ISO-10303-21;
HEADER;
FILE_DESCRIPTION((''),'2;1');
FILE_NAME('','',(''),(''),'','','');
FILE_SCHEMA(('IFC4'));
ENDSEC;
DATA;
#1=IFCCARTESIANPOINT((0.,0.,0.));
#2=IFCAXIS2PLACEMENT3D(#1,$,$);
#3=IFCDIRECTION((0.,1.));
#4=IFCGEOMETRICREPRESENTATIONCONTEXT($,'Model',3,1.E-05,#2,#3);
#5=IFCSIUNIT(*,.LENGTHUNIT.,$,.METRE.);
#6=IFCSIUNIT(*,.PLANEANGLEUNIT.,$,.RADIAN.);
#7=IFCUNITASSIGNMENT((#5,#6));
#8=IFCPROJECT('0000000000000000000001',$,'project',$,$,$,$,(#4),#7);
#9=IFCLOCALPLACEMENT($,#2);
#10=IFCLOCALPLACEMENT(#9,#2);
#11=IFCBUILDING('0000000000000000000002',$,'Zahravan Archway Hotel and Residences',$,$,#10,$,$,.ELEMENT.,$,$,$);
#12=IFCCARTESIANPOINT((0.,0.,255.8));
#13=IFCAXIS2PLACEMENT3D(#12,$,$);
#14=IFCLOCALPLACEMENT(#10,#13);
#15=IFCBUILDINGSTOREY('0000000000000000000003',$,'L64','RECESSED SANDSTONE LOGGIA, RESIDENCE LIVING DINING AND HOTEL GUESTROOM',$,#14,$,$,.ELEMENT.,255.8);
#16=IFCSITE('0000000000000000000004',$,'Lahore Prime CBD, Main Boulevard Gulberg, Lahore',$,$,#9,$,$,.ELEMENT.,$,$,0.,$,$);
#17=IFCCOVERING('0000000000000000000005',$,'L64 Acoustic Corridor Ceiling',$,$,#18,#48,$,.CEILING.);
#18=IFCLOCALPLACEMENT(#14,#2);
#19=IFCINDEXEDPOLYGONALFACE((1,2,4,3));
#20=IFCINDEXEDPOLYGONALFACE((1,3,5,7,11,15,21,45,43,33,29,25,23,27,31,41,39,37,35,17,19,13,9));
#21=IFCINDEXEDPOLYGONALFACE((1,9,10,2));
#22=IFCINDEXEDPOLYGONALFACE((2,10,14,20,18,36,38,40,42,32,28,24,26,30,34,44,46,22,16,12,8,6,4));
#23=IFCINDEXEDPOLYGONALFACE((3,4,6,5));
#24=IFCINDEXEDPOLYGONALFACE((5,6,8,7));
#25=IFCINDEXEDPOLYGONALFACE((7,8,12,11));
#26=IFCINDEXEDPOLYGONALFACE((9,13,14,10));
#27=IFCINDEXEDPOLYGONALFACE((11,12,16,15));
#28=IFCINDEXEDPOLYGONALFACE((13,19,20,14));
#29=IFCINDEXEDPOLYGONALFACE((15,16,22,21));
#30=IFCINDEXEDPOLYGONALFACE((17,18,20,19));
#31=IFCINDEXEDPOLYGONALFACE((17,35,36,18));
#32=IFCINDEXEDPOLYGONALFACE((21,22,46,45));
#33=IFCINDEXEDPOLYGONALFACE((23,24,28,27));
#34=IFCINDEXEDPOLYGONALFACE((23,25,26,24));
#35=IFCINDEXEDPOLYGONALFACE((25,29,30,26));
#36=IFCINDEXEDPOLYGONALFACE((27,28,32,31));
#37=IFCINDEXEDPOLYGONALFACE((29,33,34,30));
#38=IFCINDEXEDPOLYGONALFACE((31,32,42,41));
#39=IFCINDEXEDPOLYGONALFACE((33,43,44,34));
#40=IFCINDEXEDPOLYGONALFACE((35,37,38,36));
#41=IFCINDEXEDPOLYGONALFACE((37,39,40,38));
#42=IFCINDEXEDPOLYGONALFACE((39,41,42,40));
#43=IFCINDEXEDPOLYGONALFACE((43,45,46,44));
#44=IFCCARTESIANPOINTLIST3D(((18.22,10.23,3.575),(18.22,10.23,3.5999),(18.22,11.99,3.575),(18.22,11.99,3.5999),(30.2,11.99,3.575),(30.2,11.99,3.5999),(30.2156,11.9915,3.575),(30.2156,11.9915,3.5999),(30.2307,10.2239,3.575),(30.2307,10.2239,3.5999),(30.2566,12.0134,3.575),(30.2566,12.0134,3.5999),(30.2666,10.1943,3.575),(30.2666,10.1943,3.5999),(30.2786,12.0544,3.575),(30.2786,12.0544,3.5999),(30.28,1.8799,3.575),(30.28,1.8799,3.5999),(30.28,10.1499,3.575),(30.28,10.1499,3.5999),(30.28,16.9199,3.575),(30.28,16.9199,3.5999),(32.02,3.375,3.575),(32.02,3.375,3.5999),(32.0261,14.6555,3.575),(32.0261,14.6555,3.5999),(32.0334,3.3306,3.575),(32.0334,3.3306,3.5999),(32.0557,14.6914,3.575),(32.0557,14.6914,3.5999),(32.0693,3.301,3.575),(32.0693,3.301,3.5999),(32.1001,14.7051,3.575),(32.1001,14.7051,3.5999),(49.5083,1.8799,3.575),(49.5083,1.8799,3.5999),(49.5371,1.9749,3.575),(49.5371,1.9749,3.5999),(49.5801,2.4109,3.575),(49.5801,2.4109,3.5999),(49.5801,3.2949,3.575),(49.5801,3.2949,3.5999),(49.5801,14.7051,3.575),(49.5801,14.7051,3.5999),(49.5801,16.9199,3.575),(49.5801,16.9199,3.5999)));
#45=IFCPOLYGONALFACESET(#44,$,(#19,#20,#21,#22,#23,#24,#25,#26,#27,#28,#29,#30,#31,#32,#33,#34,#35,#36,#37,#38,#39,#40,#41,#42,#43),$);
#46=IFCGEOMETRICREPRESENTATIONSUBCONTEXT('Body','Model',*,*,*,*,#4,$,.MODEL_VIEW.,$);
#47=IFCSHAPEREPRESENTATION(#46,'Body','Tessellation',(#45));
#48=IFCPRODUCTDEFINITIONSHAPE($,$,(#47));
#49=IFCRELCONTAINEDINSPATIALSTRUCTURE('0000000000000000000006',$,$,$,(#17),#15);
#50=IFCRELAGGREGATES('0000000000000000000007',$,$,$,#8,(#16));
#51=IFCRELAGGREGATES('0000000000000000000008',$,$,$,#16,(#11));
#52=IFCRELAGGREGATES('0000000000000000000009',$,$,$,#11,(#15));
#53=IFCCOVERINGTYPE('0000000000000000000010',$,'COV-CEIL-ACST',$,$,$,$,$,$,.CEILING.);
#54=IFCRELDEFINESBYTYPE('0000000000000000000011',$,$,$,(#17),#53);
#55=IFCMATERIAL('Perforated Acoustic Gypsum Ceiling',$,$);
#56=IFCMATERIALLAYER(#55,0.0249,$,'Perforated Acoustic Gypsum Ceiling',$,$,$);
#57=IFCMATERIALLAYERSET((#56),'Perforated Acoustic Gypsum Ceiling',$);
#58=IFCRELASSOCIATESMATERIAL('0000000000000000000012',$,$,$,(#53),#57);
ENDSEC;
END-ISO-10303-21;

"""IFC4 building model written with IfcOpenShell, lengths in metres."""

from ifc_helpers import new_model, si_unit, direction, frame, origin, place, context, subcontext, project, spatial, polyline, outline, extrude, material, layer, layer_set, type_object, element, save


model = new_model("IFC4")

# Units and contexts
model_context = context("Model", 3, precision=1e-05, world=origin(), true_north=direction((0.0, 1.0)))
body_context = subcontext(model_context, "Body", "Model", "MODEL_VIEW")
ifc_project = project(units=[si_unit("LENGTHUNIT", "METRE"), si_unit("PLANEANGLEUNIT", "RADIAN")], contexts=[model_context])

# Site, building, storey
site_placement = place(None, origin())
site = spatial("IfcSite", under=ifc_project, at=site_placement, Name="Lahore Prime CBD, Main Boulevard Gulberg, Lahore", CompositionType="ELEMENT", RefElevation=0.0)
building_placement = place(site_placement, origin())
building = spatial("IfcBuilding", under=site, at=building_placement, Name="Zahravan Archway Hotel and Residences", CompositionType="ELEMENT")
storey_placement = place(building_placement, frame((0.0, 0.0, 255.8)))
storey = spatial("IfcBuildingStorey", under=building, at=storey_placement, Name="L64", Description="RECESSED SANDSTONE LOGGIA, RESIDENCE LIVING DINING AND HOTEL GUESTROOM", CompositionType="ELEMENT", Elevation=255.8)

# Covering
ifc_material_1 = material(Name="Perforated Acoustic Gypsum Ceiling")
ifc_layer_1 = layer(ifc_material_1, 0.0249, Name="Perforated Acoustic Gypsum Ceiling")
ifc_layer_set_1 = layer_set([ifc_layer_1], Name="Perforated Acoustic Gypsum Ceiling")
covering_type = type_object("IfcCoveringType", Name="COV-CEIL-ACST", PredefinedType="CEILING", material=ifc_layer_set_1)
covering_placement = place(storey_placement, frame((0.0, 0.0, 3.575)))
element("IfcCovering", 1, at=covering_placement, inside=storey, type_object=covering_type, Name="L64 Acoustic Corridor Ceiling", PredefinedType="CEILING", context=body_context, shape_type="SweptSolid", body=[
    extrude(outline(polyline([(30.2156, 11.9915), (30.2566, 12.0134), (30.2786, 12.0544), (30.28, 16.9199), (49.5801, 16.9199), (49.5801, 14.7051), (32.1001, 14.7051), (32.0557, 14.6914), (32.0261, 14.6555), (32.02, 3.375), (32.0334, 3.3306), (32.0693, 3.301), (49.5801, 3.2949), (49.5801, 2.4109), (49.5371, 1.9749), (49.5083, 1.8799), (30.28, 1.8799), (30.28, 10.1499), (30.2666, 10.1943), (30.2307, 10.2239), (18.22, 10.23), (18.22, 11.99), (30.2, 11.99), (30.2156, 11.9915)])), origin(), (0.0, 0.0, 1.0), 0.0249),
])

save(model, "model.ifc")
